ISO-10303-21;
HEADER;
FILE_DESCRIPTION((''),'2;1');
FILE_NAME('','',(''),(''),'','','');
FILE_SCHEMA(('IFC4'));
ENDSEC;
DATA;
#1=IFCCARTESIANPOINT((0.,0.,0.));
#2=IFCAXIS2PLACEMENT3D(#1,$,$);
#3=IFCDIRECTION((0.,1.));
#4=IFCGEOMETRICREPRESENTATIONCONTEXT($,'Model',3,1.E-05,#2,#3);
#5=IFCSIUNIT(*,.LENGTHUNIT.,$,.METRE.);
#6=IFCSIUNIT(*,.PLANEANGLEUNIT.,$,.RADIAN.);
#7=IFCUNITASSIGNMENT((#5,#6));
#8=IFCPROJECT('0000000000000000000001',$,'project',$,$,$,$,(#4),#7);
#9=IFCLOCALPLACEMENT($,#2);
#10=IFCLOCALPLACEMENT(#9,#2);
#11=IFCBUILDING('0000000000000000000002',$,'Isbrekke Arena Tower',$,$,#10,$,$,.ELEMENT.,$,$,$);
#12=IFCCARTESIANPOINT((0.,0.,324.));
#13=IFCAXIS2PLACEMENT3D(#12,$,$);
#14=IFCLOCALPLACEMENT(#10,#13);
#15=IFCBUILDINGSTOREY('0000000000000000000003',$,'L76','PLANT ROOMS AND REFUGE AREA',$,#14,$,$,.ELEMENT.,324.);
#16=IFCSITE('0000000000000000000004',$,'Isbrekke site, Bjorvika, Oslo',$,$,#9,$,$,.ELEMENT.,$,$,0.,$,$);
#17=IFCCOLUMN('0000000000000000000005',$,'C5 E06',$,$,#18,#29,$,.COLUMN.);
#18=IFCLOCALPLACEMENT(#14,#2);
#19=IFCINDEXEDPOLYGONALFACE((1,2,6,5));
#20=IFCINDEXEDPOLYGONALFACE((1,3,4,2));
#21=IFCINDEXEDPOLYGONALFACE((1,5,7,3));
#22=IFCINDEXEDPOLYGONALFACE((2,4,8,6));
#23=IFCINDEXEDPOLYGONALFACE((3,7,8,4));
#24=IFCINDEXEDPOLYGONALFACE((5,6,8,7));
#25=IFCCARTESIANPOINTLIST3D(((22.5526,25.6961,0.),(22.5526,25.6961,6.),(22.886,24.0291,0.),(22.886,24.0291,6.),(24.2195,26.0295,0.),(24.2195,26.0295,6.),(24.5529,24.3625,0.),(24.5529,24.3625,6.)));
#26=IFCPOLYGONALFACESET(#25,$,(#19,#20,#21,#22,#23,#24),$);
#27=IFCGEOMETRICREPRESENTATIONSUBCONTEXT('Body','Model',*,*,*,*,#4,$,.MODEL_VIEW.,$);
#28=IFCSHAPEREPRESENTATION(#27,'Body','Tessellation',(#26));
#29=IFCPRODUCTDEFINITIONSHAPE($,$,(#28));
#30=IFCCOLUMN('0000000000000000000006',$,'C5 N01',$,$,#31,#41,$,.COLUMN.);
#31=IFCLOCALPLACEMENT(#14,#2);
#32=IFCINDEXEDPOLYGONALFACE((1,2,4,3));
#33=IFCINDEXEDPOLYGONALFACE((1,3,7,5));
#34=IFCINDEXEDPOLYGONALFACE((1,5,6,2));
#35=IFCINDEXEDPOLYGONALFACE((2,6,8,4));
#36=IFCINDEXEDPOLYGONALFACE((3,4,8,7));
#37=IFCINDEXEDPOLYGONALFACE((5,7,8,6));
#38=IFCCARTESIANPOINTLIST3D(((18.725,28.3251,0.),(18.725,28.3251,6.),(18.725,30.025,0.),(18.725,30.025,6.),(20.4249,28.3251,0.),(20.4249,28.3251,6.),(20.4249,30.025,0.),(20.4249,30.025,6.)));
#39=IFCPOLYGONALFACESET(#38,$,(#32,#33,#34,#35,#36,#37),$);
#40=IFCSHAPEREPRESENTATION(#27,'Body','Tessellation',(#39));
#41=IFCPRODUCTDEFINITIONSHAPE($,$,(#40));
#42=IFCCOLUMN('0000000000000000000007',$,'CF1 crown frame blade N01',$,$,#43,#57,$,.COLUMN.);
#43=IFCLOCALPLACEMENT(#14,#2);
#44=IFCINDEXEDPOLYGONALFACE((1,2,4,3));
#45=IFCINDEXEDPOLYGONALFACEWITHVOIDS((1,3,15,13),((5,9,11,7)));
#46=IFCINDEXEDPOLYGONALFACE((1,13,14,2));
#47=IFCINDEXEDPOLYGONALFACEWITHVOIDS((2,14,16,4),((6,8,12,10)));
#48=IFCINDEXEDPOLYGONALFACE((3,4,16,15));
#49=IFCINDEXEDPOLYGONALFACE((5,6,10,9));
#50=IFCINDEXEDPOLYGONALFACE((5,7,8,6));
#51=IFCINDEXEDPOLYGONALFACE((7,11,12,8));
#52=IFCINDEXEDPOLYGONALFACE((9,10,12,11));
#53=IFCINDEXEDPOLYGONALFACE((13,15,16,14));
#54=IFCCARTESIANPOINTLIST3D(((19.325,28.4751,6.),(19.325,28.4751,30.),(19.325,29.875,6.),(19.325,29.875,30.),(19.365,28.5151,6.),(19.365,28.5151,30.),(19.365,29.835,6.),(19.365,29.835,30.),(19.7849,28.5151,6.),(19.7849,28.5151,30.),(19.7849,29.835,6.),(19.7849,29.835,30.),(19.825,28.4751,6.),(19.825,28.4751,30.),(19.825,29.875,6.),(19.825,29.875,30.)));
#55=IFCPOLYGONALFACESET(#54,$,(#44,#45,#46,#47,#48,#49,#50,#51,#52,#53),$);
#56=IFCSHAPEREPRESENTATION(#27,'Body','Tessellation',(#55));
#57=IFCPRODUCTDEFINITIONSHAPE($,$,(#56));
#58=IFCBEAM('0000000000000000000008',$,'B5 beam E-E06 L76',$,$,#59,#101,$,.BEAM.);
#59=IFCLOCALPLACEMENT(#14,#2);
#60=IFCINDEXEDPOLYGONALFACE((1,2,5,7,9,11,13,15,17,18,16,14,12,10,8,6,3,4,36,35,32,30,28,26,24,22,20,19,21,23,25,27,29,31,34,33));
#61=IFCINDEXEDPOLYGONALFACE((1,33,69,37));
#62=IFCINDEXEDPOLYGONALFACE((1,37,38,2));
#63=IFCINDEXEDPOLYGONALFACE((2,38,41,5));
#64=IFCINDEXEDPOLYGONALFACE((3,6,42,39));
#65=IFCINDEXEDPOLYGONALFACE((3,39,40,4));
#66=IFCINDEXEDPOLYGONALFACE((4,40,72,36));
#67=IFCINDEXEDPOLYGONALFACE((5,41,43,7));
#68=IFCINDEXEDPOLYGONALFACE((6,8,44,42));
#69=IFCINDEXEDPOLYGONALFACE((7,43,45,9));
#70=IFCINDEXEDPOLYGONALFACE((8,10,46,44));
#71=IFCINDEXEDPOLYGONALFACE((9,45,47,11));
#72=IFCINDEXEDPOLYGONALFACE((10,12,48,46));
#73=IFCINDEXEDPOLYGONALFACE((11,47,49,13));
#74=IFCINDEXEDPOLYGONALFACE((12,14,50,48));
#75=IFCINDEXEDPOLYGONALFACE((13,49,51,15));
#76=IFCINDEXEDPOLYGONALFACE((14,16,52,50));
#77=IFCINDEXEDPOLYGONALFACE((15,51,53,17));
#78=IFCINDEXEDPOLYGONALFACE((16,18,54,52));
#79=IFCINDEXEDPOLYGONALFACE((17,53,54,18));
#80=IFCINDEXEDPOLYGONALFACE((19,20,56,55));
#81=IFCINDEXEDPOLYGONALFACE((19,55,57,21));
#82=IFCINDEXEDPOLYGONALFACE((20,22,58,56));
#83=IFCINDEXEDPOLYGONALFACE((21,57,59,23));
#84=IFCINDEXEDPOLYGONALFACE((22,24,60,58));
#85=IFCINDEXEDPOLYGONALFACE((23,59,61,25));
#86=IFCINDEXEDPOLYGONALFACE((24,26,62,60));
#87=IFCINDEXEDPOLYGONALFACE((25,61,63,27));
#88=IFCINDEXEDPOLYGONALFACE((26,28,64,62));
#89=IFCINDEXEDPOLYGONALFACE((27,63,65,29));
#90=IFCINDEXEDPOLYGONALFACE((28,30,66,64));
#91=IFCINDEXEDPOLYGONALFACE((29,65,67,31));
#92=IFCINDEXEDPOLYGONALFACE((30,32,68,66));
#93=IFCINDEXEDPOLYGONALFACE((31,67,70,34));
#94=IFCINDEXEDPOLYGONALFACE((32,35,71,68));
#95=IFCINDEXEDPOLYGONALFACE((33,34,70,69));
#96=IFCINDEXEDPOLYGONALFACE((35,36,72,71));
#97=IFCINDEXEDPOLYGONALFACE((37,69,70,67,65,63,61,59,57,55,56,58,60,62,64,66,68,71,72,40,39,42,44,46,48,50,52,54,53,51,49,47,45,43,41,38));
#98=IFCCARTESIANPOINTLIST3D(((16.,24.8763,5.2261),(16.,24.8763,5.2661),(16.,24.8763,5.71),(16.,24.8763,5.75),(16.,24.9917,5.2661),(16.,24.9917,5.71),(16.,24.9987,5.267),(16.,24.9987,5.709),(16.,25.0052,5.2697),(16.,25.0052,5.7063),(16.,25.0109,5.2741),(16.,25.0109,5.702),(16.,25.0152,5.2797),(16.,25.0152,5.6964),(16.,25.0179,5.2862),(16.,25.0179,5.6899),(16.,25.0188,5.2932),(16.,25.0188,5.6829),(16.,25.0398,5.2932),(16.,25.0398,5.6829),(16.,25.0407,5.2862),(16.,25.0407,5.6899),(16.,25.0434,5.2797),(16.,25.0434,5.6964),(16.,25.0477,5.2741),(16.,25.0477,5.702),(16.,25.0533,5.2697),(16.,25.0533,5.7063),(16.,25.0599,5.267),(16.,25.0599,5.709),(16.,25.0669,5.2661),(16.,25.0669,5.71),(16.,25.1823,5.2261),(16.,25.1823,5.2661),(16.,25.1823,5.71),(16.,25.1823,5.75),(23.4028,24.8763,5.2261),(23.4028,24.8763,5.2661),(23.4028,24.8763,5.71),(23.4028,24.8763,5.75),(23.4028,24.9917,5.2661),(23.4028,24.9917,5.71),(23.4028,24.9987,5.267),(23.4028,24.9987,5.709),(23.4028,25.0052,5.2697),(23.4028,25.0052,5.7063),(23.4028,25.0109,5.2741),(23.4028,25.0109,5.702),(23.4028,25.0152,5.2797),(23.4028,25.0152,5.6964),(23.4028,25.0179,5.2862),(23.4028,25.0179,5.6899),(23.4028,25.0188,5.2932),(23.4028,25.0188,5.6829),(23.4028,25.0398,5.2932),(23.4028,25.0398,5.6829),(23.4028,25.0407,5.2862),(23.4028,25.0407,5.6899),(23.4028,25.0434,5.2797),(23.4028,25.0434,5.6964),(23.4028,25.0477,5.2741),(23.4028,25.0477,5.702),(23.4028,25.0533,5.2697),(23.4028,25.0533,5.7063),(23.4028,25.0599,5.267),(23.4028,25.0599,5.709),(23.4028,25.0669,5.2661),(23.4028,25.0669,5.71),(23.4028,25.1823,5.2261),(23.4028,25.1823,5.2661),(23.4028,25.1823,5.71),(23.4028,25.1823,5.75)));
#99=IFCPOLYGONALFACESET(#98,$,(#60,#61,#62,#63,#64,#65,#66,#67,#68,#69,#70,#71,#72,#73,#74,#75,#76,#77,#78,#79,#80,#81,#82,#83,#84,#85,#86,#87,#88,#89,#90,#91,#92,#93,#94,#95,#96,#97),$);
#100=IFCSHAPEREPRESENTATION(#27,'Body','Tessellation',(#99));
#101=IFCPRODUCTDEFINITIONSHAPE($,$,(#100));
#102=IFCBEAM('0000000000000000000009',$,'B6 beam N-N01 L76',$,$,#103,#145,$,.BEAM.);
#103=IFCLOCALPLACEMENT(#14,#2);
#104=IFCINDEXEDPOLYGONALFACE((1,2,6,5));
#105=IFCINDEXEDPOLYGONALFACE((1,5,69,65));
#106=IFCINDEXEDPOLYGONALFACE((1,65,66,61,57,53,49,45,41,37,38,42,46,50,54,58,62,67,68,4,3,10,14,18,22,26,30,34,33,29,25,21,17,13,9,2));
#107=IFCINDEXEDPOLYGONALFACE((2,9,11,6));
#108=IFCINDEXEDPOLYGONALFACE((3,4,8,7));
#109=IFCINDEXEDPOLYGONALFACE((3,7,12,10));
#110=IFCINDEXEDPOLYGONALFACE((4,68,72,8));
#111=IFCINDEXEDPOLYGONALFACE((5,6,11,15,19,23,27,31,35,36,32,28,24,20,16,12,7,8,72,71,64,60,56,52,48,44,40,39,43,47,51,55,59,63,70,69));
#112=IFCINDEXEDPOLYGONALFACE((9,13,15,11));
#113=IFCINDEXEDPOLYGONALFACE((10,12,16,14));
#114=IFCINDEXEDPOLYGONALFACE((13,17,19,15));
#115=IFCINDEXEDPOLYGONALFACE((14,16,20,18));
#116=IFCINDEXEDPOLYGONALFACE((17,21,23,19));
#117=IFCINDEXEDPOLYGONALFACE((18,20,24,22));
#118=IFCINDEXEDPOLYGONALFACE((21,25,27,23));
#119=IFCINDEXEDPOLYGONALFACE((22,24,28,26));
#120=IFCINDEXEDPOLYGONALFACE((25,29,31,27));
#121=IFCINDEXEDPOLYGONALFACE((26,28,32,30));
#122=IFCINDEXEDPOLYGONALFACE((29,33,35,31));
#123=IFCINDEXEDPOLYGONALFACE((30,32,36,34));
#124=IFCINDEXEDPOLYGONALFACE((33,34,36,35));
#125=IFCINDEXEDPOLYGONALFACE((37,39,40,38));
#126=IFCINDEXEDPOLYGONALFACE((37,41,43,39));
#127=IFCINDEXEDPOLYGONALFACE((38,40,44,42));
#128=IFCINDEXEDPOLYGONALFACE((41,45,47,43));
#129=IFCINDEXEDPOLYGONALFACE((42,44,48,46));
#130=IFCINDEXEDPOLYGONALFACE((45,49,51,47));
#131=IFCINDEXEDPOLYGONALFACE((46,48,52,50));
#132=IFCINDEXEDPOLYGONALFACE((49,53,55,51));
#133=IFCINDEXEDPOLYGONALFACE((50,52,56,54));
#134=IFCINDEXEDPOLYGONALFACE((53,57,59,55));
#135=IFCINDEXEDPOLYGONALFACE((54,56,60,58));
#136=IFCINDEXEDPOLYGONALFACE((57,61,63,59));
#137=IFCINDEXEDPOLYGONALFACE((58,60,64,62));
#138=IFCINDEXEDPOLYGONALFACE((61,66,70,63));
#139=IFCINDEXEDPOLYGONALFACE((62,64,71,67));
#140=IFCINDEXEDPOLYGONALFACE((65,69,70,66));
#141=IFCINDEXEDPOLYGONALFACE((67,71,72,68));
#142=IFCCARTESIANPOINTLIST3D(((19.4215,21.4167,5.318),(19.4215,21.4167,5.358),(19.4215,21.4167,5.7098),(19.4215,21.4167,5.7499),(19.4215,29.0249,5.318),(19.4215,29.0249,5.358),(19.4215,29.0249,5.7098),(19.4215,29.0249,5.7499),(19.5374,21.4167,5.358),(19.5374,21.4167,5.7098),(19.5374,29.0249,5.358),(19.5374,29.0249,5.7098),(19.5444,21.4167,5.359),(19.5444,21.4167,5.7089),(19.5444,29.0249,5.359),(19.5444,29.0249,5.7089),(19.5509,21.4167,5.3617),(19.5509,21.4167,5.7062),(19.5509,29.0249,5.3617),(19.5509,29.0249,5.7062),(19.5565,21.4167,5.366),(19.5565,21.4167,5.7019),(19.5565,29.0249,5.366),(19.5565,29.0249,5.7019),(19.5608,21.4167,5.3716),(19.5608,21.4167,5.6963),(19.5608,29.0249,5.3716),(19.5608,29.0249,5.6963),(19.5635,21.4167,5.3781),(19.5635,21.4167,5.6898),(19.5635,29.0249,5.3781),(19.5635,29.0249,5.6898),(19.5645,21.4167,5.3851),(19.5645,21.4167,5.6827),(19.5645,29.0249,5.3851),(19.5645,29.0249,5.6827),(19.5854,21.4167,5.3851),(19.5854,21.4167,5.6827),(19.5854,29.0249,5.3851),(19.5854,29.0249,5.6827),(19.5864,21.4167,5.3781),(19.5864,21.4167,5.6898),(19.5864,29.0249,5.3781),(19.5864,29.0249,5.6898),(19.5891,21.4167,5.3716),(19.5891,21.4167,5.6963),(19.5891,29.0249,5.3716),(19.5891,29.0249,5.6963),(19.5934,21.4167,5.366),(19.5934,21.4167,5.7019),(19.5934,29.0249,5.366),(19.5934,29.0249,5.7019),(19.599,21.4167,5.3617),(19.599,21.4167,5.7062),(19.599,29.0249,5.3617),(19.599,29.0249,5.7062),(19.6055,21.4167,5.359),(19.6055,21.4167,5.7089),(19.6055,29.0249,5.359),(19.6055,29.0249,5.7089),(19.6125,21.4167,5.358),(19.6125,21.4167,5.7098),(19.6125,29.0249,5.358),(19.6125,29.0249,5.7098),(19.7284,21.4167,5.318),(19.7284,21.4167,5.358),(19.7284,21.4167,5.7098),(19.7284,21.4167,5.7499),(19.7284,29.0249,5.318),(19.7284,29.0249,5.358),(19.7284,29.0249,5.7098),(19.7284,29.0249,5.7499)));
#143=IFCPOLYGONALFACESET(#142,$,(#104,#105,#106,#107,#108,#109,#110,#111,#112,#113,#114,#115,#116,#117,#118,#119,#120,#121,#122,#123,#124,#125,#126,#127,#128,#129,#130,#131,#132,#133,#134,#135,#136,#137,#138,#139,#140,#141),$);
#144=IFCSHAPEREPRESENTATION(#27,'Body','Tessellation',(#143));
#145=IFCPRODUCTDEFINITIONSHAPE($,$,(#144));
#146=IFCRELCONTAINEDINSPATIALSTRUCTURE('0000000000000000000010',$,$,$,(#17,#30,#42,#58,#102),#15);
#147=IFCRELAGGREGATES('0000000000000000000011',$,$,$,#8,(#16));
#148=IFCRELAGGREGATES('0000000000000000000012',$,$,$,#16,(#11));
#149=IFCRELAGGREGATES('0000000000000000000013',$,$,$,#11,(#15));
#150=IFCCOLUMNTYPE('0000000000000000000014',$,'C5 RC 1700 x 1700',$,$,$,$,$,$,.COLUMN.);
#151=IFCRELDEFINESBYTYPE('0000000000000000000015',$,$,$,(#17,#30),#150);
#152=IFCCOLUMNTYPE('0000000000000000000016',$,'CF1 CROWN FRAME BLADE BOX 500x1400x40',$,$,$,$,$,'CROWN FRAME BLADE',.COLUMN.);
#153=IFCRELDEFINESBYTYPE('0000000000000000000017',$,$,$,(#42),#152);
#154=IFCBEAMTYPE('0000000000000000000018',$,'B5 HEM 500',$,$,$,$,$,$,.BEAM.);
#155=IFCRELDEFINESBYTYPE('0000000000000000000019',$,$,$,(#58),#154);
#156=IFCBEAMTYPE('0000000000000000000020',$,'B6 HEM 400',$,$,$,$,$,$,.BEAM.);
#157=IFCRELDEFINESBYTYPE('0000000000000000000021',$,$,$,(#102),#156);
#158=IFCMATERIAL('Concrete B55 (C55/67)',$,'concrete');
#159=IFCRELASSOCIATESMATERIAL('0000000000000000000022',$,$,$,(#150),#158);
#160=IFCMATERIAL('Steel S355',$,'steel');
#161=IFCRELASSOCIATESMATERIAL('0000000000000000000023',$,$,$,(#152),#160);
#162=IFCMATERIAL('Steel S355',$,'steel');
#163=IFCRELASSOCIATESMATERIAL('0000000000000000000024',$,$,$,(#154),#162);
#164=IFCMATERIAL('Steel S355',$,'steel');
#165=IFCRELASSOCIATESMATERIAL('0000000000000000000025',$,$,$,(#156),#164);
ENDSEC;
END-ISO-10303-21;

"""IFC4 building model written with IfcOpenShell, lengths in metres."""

from ifc_helpers import new_model, si_unit, direction, frame, origin, origin_2d, place, context, subcontext, project, spatial, rectangle, hollow_rectangle, i_section, extrude, material, material_profile, profile_set, type_object, element, save


model = new_model("IFC4")

# Units and contexts
model_context = context("Model", 3, precision=1e-05, world=origin(), true_north=direction((0.0, 1.0)))
body_context = subcontext(model_context, "Body", "Model", "MODEL_VIEW")
ifc_project = project(units=[si_unit("LENGTHUNIT", "METRE"), si_unit("PLANEANGLEUNIT", "RADIAN")], contexts=[model_context])

# Site, building, storey
site_placement = place(None, origin())
site = spatial("IfcSite", under=ifc_project, at=site_placement, Name="Isbrekke site, Bjorvika, Oslo", CompositionType="ELEMENT", RefElevation=0.0)
building_placement = place(site_placement, origin())
building = spatial("IfcBuilding", under=site, at=building_placement, Name="Isbrekke Arena Tower", CompositionType="ELEMENT")
storey_placement = place(building_placement, frame((0.0, 0.0, 324.0)))
storey = spatial("IfcBuildingStorey", under=building, at=storey_placement, Name="L76", Description="PLANT ROOMS AND REFUGE AREA", CompositionType="ELEMENT", Elevation=324.0)

# Columns
ifc_material_1 = material(Name="Concrete B55 (C55/67)", Category="concrete")
ifc_material_profile_1 = material_profile(ifc_material_1, rectangle(XDim=1.7, YDim=1.7, at=origin_2d()), Name="RC 1700x1700")
ifc_profile_set_1 = profile_set([ifc_material_profile_1], Name="Concrete B55 (C55/67)")
column_type_1 = type_object("IfcColumnType", Name="C5 RC 1700 x 1700", PredefinedType="COLUMN", material=ifc_profile_set_1)
for number, where, z_axis, x_axis, name in (
    (1, (23.5527, 25.0293, 0.0), (0.0, 0.0, 1.0), (-0.196116, 0.980581, 0.0), "C5 E06"),
    (2, (19.575, 29.175, 0.0), (0.0, 0.0, 1.0), (-1.0, 0.0, 0.0), "C5 N01"),
):
    element("IfcColumn", number, at=place(storey_placement, frame(where, z_axis=z_axis, x_axis=x_axis)), inside=storey, type_object=column_type_1, Name=name, PredefinedType="COLUMN", context=body_context, shape_type="SweptSolid", body=[
        extrude(rectangle(XDim=1.7, YDim=1.7, at=origin_2d()), origin(), (0.0, 0.0, 1.0), 6.0),
    ])
ifc_material_2 = material(Name="Steel S355", Category="steel")
ifc_material_profile_2 = material_profile(ifc_material_2, hollow_rectangle(XDim=0.5, YDim=1.3999, WallThickness=0.04, at=origin_2d()), Name="BOX 500x1400x40")
ifc_profile_set_2 = profile_set([ifc_material_profile_2], Name="Steel S355")
column_type_2 = type_object("IfcColumnType", Name="CF1 CROWN FRAME BLADE BOX 500x1400x40", ElementType="CROWN FRAME BLADE", PredefinedType="COLUMN", material=ifc_profile_set_2)
column_placement = place(storey_placement, frame((19.575, 29.175, 6.0), z_axis=(0.0, 0.0, 1.0), x_axis=(-1.0, 0.0, 0.0)))
element("IfcColumn", 3, at=column_placement, inside=storey, type_object=column_type_2, Name="CF1 crown frame blade N01", PredefinedType="COLUMN", context=body_context, shape_type="SweptSolid", body=[
    extrude(hollow_rectangle(XDim=0.5, YDim=1.3999, WallThickness=0.04, at=origin_2d()), origin(), (0.0, 0.0, 1.0), 24.0),
])

# Beams
ifc_material_3 = material(Name="Steel S355", Category="steel")
ifc_material_profile_3 = material_profile(ifc_material_3, i_section(OverallWidth=0.3059, OverallDepth=0.5239, WebThickness=0.021, FlangeThickness=0.04, FilletRadius=0.0271, at=origin_2d()), Name="HEM 500")
ifc_profile_set_3 = profile_set([ifc_material_profile_3], Name="Steel S355")
beam_type_1 = type_object("IfcBeamType", Name="B5 HEM 500", PredefinedType="BEAM", material=ifc_profile_set_3)
beam_1_placement = place(storey_placement, frame((23.4028, 25.0293, 5.488), z_axis=(-1.0, 0.0, 0.0), x_axis=(0.0, -1.0, 0.0)))
element("IfcBeam", 4, at=beam_1_placement, inside=storey, type_object=beam_type_1, Name="B5 beam E-E06 L76", PredefinedType="BEAM", context=body_context, shape_type="SweptSolid", body=[
    extrude(i_section(OverallWidth=0.3059, OverallDepth=0.5239, WebThickness=0.021, FlangeThickness=0.04, FilletRadius=0.0271, at=origin_2d()), origin(), (0.0, 0.0, 1.0), 7.4028),
])
ifc_material_4 = material(Name="Steel S355", Category="steel")
ifc_material_profile_4 = material_profile(ifc_material_4, i_section(OverallWidth=0.3069, OverallDepth=0.4319, WebThickness=0.021, FlangeThickness=0.04, FilletRadius=0.0271, at=origin_2d()), Name="HEM 400")
ifc_profile_set_4 = profile_set([ifc_material_profile_4], Name="Steel S355")
beam_type_2 = type_object("IfcBeamType", Name="B6 HEM 400", PredefinedType="BEAM", material=ifc_profile_set_4)
beam_2_placement = place(storey_placement, frame((19.575, 29.0249, 5.5339), z_axis=(0.0, -1.0, 0.0), x_axis=(1.0, 0.0, 0.0)))
element("IfcBeam", 5, at=beam_2_placement, inside=storey, type_object=beam_type_2, Name="B6 beam N-N01 L76", PredefinedType="BEAM", context=body_context, shape_type="SweptSolid", body=[
    extrude(i_section(OverallWidth=0.3069, OverallDepth=0.4319, WebThickness=0.021, FlangeThickness=0.04, FilletRadius=0.0271, at=origin_2d()), origin(), (0.0, 0.0, 1.0), 7.6082),
])

save(model, "model.ifc")
